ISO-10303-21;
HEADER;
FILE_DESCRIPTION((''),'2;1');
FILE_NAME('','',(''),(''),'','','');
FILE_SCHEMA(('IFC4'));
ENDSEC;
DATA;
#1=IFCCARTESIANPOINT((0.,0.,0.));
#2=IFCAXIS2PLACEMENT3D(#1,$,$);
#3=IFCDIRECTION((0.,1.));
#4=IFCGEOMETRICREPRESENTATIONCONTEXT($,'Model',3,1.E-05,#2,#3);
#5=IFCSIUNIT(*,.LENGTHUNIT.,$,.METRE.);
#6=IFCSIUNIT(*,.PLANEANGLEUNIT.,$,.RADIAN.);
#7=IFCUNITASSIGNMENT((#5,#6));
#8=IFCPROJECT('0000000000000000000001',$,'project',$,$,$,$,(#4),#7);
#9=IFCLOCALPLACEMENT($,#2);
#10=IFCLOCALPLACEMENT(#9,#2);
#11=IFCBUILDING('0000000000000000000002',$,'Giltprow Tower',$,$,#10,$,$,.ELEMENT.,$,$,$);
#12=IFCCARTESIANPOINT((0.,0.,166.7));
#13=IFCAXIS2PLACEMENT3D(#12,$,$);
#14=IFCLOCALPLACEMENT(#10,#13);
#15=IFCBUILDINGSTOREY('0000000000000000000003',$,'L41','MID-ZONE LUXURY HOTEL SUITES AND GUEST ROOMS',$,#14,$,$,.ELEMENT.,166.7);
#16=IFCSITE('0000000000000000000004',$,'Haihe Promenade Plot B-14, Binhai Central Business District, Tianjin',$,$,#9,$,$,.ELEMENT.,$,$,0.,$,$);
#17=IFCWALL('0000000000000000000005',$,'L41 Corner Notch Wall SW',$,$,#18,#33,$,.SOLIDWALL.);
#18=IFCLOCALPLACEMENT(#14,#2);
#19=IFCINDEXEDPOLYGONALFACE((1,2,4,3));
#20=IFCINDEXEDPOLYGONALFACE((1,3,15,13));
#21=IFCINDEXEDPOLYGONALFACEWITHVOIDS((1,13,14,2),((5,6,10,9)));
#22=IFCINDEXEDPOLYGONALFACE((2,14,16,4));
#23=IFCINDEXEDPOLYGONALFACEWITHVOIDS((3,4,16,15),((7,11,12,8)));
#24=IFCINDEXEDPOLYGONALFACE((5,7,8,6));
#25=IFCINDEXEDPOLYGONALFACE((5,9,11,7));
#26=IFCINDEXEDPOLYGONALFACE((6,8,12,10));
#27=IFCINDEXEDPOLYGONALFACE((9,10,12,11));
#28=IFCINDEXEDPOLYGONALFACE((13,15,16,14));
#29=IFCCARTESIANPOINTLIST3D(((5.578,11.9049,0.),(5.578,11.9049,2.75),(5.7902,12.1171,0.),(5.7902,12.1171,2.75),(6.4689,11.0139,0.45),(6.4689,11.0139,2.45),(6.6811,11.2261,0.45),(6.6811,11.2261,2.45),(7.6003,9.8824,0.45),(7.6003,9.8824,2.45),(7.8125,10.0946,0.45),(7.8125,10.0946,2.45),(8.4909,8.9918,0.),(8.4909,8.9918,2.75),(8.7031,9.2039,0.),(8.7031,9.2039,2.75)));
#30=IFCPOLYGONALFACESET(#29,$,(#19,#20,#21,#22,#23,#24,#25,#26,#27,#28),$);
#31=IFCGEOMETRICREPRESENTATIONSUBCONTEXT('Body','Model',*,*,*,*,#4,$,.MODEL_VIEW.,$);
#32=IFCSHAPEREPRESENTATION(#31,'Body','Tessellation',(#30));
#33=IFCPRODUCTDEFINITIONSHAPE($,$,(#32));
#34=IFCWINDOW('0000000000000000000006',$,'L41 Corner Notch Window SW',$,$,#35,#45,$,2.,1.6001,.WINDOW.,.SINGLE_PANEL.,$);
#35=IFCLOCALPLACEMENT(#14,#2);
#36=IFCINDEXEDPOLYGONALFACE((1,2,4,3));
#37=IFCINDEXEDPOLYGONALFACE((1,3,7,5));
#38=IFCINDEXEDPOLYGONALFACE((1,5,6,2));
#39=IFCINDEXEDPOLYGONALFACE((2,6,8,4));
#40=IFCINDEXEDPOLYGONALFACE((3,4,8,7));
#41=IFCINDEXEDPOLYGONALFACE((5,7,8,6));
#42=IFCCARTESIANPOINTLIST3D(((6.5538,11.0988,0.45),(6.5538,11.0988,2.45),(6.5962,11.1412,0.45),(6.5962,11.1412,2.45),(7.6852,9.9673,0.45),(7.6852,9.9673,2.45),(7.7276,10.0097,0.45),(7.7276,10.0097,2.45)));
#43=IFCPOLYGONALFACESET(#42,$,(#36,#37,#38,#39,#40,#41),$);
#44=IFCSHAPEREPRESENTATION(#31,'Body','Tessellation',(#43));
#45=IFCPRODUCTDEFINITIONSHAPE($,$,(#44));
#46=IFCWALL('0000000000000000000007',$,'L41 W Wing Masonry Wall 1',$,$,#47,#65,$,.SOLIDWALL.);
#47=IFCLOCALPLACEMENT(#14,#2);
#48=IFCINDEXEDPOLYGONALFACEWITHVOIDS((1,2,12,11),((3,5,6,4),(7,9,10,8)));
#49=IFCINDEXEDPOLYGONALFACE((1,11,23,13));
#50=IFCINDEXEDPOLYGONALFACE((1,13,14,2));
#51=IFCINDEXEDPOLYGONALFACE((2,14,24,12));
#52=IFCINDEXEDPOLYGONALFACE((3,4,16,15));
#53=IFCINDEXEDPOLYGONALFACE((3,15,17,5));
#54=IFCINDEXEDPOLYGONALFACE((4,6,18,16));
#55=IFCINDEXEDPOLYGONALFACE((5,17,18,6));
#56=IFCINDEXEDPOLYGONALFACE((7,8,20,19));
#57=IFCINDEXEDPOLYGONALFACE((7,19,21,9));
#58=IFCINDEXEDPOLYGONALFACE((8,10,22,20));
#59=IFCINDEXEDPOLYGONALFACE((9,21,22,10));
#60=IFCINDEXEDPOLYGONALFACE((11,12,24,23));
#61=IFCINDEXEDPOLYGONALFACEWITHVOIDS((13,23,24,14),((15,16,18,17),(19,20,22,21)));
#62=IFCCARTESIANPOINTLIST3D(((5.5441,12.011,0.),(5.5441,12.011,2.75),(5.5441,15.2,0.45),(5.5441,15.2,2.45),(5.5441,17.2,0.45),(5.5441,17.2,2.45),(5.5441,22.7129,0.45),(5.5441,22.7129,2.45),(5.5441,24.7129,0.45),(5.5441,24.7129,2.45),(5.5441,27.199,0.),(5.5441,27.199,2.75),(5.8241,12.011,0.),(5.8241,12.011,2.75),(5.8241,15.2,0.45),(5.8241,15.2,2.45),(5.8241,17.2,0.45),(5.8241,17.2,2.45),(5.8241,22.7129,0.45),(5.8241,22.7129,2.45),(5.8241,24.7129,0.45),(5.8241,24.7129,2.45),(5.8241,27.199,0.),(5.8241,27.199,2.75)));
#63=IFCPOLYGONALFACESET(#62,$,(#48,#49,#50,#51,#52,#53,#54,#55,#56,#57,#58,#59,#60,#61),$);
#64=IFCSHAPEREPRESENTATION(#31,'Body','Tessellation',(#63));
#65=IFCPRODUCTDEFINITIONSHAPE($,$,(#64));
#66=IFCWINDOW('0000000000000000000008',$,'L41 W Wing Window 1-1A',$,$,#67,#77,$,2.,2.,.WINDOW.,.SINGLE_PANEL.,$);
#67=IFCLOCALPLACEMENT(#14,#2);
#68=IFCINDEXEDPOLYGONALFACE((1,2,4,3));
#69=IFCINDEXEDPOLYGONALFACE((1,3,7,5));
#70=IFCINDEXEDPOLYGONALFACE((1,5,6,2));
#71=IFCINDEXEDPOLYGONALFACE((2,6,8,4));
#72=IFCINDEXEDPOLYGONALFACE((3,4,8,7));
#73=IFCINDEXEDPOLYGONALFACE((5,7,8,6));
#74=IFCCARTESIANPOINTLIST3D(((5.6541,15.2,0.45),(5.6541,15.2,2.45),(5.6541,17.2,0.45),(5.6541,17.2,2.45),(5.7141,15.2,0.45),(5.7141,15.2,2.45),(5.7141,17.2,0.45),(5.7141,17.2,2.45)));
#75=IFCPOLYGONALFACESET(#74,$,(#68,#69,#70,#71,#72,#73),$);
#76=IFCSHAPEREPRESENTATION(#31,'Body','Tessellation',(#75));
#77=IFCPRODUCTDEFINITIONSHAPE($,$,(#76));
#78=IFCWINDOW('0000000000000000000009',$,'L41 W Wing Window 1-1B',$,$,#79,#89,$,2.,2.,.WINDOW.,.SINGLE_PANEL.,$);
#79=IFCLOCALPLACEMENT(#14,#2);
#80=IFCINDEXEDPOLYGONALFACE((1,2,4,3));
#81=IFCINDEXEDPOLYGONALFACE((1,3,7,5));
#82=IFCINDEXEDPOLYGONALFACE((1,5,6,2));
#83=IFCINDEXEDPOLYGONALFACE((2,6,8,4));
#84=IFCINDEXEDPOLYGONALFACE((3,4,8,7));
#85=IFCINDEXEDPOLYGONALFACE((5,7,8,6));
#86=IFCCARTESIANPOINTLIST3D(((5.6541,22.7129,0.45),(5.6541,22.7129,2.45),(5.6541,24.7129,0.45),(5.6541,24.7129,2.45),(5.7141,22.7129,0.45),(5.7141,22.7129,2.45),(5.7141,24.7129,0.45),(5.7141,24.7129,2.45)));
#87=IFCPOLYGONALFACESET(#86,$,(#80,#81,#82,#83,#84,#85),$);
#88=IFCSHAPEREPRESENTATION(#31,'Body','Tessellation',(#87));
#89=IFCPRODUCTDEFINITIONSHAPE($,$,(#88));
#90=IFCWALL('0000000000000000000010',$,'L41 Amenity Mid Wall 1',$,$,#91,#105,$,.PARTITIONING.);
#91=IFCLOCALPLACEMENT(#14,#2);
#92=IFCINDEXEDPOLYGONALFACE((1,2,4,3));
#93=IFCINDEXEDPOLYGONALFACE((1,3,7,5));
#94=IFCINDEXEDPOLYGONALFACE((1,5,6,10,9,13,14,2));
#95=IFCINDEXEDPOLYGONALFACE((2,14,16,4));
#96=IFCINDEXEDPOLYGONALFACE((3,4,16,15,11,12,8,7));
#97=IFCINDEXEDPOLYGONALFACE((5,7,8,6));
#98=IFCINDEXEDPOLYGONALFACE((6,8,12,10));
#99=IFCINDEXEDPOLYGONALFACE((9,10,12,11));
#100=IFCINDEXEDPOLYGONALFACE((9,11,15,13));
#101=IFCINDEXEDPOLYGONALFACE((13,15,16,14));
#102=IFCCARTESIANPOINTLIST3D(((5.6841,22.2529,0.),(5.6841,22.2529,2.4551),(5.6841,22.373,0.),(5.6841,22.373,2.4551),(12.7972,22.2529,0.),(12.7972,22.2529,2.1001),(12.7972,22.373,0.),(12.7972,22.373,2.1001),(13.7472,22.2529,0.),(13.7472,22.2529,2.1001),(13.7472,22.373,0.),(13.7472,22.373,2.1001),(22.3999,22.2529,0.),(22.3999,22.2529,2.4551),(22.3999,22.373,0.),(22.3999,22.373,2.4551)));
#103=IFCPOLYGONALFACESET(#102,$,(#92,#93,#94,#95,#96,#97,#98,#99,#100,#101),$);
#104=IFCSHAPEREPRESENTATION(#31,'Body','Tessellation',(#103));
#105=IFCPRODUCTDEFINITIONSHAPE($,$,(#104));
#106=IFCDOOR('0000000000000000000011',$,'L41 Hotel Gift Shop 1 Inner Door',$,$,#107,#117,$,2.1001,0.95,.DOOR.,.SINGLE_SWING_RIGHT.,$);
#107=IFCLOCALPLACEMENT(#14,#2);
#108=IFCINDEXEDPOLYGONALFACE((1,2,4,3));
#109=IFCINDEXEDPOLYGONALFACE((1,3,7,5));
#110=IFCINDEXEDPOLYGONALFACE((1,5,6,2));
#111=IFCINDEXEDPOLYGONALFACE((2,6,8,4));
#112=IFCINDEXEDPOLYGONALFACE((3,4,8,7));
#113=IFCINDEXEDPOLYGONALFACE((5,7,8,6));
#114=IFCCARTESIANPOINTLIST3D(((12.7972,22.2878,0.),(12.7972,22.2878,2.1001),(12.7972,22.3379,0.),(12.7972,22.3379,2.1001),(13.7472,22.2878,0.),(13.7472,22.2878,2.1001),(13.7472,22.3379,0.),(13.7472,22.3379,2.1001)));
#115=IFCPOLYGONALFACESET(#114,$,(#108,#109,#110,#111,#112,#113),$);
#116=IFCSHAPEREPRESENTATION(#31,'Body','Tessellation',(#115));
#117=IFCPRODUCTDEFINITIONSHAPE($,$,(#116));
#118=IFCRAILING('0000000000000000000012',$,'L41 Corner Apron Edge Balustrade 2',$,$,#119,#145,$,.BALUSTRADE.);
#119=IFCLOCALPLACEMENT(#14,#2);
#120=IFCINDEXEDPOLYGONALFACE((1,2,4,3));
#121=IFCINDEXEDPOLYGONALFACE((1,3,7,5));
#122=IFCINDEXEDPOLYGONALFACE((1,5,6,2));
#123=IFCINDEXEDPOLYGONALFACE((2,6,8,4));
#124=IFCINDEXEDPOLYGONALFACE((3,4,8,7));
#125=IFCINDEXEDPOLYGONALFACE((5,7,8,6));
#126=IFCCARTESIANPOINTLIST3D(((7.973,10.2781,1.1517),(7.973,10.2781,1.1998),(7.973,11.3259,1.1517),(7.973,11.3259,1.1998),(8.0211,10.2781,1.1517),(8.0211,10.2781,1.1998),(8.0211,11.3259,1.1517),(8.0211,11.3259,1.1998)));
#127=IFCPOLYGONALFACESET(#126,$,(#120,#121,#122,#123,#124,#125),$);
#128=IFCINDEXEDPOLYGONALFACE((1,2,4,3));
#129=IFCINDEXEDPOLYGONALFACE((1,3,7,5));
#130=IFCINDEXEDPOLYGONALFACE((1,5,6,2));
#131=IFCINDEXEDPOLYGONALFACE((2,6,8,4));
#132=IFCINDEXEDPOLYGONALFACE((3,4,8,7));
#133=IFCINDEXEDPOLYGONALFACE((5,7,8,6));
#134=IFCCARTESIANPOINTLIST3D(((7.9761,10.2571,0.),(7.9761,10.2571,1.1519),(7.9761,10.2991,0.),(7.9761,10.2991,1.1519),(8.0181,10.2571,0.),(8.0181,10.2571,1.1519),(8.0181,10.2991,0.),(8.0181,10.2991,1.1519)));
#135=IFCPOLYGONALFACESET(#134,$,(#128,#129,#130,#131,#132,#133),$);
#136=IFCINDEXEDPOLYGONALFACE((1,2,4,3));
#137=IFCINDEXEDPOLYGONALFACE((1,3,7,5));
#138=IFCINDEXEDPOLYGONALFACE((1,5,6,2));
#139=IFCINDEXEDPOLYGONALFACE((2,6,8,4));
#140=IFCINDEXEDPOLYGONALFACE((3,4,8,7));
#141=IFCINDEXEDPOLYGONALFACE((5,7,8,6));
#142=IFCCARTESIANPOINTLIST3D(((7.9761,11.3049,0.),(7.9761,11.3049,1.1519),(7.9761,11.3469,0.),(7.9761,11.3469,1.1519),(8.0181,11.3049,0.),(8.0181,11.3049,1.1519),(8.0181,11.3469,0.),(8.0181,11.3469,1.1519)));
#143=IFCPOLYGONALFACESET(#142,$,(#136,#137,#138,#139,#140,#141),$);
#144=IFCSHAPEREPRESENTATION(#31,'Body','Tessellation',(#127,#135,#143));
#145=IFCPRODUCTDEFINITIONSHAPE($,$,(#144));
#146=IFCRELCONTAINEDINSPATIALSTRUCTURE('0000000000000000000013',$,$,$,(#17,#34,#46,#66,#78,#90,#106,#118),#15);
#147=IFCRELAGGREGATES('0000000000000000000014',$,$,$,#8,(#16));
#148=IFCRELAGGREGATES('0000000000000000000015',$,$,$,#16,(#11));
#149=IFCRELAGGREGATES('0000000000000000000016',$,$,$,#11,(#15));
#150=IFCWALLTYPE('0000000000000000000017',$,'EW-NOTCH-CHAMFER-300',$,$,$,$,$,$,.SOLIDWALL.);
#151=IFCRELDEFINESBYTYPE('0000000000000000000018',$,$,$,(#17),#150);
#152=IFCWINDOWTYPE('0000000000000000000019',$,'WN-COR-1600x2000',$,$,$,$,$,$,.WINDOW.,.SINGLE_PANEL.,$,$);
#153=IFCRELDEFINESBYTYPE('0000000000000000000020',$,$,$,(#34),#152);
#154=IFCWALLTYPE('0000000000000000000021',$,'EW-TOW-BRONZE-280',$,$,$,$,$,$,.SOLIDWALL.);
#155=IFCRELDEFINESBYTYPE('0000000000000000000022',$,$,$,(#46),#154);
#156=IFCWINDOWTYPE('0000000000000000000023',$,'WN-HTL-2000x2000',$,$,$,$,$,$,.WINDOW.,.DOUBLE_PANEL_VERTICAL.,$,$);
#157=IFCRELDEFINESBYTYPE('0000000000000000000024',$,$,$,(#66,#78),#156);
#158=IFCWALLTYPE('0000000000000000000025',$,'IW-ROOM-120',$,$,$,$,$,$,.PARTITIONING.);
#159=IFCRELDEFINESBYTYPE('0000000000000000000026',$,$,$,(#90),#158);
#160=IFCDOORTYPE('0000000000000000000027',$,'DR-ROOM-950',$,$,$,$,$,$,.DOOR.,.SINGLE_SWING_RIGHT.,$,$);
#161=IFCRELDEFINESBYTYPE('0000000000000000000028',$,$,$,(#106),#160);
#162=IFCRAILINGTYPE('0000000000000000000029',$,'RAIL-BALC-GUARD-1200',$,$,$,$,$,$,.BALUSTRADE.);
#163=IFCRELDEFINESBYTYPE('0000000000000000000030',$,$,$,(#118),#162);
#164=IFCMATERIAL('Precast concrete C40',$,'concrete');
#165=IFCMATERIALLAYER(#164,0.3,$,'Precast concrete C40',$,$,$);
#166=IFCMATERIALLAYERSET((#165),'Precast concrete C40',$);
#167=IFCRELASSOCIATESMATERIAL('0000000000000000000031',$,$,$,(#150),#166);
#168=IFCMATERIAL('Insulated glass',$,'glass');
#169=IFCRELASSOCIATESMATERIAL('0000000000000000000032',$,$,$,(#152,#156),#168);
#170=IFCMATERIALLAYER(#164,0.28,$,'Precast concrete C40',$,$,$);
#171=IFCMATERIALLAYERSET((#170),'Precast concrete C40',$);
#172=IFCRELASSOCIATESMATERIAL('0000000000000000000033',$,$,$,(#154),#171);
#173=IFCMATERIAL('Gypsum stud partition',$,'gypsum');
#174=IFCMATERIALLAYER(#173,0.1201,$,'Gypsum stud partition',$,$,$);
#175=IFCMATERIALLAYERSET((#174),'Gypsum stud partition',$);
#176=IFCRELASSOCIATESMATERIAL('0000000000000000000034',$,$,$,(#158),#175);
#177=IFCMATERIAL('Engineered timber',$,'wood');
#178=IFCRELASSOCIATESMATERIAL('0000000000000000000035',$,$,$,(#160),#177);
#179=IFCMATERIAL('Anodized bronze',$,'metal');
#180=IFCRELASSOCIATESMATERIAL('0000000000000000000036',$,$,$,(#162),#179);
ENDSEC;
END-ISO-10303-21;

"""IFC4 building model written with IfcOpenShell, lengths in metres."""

from ifc_helpers import new_model, si_unit, direction, frame, frame_2d, origin, origin_2d, place, context, subcontext, project, spatial, rectangle, extrude, source, transform, mapped, material, layer, layer_set, type_object, element, fill, save


model = new_model("IFC4")

# Units and contexts
model_context = context("Model", 3, precision=1e-05, world=origin(), true_north=direction((0.0, 1.0)))
body_context = subcontext(model_context, "Body", "Model", "MODEL_VIEW")
ifc_project = project(units=[si_unit("LENGTHUNIT", "METRE"), si_unit("PLANEANGLEUNIT", "RADIAN")], contexts=[model_context])

# Site, building, storey
site_placement = place(None, origin())
site = spatial("IfcSite", under=ifc_project, at=site_placement, Name="Haihe Promenade Plot B-14, Binhai Central Business District, Tianjin", CompositionType="ELEMENT", RefElevation=0.0)
building_placement = place(site_placement, origin())
building = spatial("IfcBuilding", under=site, at=building_placement, Name="Giltprow Tower", CompositionType="ELEMENT")
storey_placement = place(building_placement, frame((0.0, 0.0, 166.7)))
storey = spatial("IfcBuildingStorey", under=building, at=storey_placement, Name="L41", Description="MID-ZONE LUXURY HOTEL SUITES AND GUEST ROOMS", CompositionType="ELEMENT", Elevation=166.7)

# Shared definitions
ifc_material_1 = material(Name="Anodized bronze", Category="metal")

# Shared definitions
ifc_material_2 = material(Name="Insulated glass", Category="glass")

# Wall, opening, window
ifc_material_3 = material(Name="Precast concrete C40", Category="concrete")
ifc_layer_1 = layer(ifc_material_3, 0.3, Name="Precast concrete C40")
ifc_layer_set_1 = layer_set([ifc_layer_1], Name="Precast concrete C40")
wall_type_1 = type_object("IfcWallType", Name="EW-NOTCH-CHAMFER-300", PredefinedType="SOLIDWALL", material=ifc_layer_set_1)
wall_1_placement = place(storey_placement, frame((5.6841, 12.011, 0.0), z_axis=(0.0, 0.0, 1.0), x_axis=(0.707077, -0.707136, 0.0)))
wall_1 = element("IfcWall", 1, at=wall_1_placement, inside=storey, type_object=wall_type_1, Name="L41 Corner Notch Wall SW", PredefinedType="SOLIDWALL", context=body_context, shape_type="SweptSolid", body=[
    extrude(rectangle(XDim=4.1196, YDim=0.3, at=frame_2d((2.0598, 0.0))), origin(), (0.0, 0.0, 1.0), 2.75),
])
opening_1_placement = place(wall_1_placement, frame((1.26, 0.0, 0.45)))
opening_1 = element("IfcOpeningElement", 2, at=opening_1_placement, cuts=wall_1, PredefinedType="OPENING", context=body_context, shape_type="SweptSolid", body=[
    extrude(rectangle(XDim=1.6001, YDim=2.0, at=frame_2d((0.8, 1.0))), frame((0.0, 0.1599, 0.0), z_axis=(0.0, -1.0, 0.0), x_axis=(1.0, 0.0, 0.0)), (0.0, 0.0, 1.0), 0.3201),
])
window_type_1 = type_object("IfcWindowType", Name="WN-COR-1600x2000", PartitioningType="SINGLE_PANEL", PredefinedType="WINDOW", material=ifc_material_2)
shared_shape_1 = source(origin(), body_context, "Body", "SweptSolid", [
    extrude(rectangle(XDim=1.6001, YDim=2.0, at=frame_2d((0.8, 1.0))), frame((0.0, 0.03, 0.0), z_axis=(0.0, -1.0, 0.0), x_axis=(1.0, 0.0, 0.0)), (0.0, 0.0, 1.0), 0.0601),
])
window_1_placement = place(opening_1_placement, origin())
window_1 = element("IfcWindow", 3, at=window_1_placement, inside=storey, type_object=window_type_1, Name="L41 Corner Notch Window SW", OverallHeight=2.0, OverallWidth=1.6001, PartitioningType="SINGLE_PANEL", PredefinedType="WINDOW", context=body_context, shape_type="MappedRepresentation", body=[
    mapped(shared_shape_1, transform((0.0, 0.0, 0.0), x_axis=(1.0, 0.0, 0.0), y_axis=(0.0, 1.0, 0.0), z_axis=(0.0, 0.0, 1.0), scale=1.0)),
])
fill(opening_1, window_1)

# Wall, openings, windows
ifc_layer_2 = layer(ifc_material_3, 0.28, Name="Precast concrete C40")
ifc_layer_set_2 = layer_set([ifc_layer_2], Name="Precast concrete C40")
wall_type_2 = type_object("IfcWallType", Name="EW-TOW-BRONZE-280", PredefinedType="SOLIDWALL", material=ifc_layer_set_2)
wall_2_placement = place(storey_placement, frame((5.6841, 12.011, 0.0), z_axis=(0.0, 0.0, 1.0), x_axis=(0.0, 1.0, 0.0)))
wall_2 = element("IfcWall", 4, at=wall_2_placement, inside=storey, type_object=wall_type_2, Name="L41 W Wing Masonry Wall 1", PredefinedType="SOLIDWALL", context=body_context, shape_type="SweptSolid", body=[
    extrude(rectangle(XDim=15.188, YDim=0.28, at=frame_2d((7.594, 0.0))), origin(), (0.0, 0.0, 1.0), 2.75),
])
opening_2_placement = place(wall_2_placement, frame((3.189, 0.0, 0.45)))
opening_2 = element("IfcOpeningElement", 5, at=opening_2_placement, cuts=wall_2, PredefinedType="OPENING", context=body_context, shape_type="SweptSolid", body=[
    extrude(rectangle(XDim=2.0, YDim=2.0, at=frame_2d((1.0, 1.0))), frame((0.0, 0.1499, 0.0), z_axis=(0.0, -1.0, 0.0), x_axis=(1.0, 0.0, 0.0)), (0.0, 0.0, 1.0), 0.3),
])
opening_3_placement = place(wall_2_placement, frame((10.7019, 0.0, 0.45)))
opening_3 = element("IfcOpeningElement", 6, at=opening_3_placement, cuts=wall_2, PredefinedType="OPENING", context=body_context, shape_type="SweptSolid", body=[
    extrude(rectangle(XDim=2.0, YDim=2.0, at=frame_2d((1.0, 1.0))), frame((0.0, 0.1499, 0.0), z_axis=(0.0, -1.0, 0.0), x_axis=(1.0, 0.0, 0.0)), (0.0, 0.0, 1.0), 0.3),
])
window_type_2 = type_object("IfcWindowType", Name="WN-HTL-2000x2000", PartitioningType="DOUBLE_PANEL_VERTICAL", PredefinedType="WINDOW", material=ifc_material_2)
shared_shape_2 = source(origin(), body_context, "Body", "SweptSolid", [
    extrude(rectangle(XDim=2.0, YDim=2.0, at=frame_2d((1.0, 1.0))), frame((0.0, 0.03, 0.0), z_axis=(0.0, -1.0, 0.0), x_axis=(1.0, 0.0, 0.0)), (0.0, 0.0, 1.0), 0.0601),
])
window_2_placement = place(opening_2_placement, origin())
window_2 = element("IfcWindow", 7, at=window_2_placement, inside=storey, type_object=window_type_2, Name="L41 W Wing Window 1-1A", OverallHeight=2.0, OverallWidth=2.0, PartitioningType="SINGLE_PANEL", PredefinedType="WINDOW", context=body_context, shape_type="MappedRepresentation", body=[
    mapped(shared_shape_2, transform((0.0, 0.0, 0.0), x_axis=(1.0, 0.0, 0.0), y_axis=(0.0, 1.0, 0.0), z_axis=(0.0, 0.0, 1.0), scale=1.0)),
])
fill(opening_2, window_2)
window_3_placement = place(opening_3_placement, origin())
window_3 = element("IfcWindow", 8, at=window_3_placement, inside=storey, type_object=window_type_2, Name="L41 W Wing Window 1-1B", OverallHeight=2.0, OverallWidth=2.0, PartitioningType="SINGLE_PANEL", PredefinedType="WINDOW", context=body_context, shape_type="MappedRepresentation", body=[
    mapped(shared_shape_2, transform((0.0, 0.0, 0.0), x_axis=(1.0, 0.0, 0.0), y_axis=(0.0, 1.0, 0.0), z_axis=(0.0, 0.0, 1.0), scale=1.0)),
])
fill(opening_3, window_3)

# Wall, opening, door
ifc_material_4 = material(Name="Gypsum stud partition", Category="gypsum")
ifc_layer_3 = layer(ifc_material_4, 0.1201, Name="Gypsum stud partition")
ifc_layer_set_3 = layer_set([ifc_layer_3], Name="Gypsum stud partition")
wall_type_3 = type_object("IfcWallType", Name="IW-ROOM-120", PredefinedType="PARTITIONING", material=ifc_layer_set_3)
wall_3_placement = place(storey_placement, frame((5.6841, 22.313, 0.0), z_axis=(0.0, 0.0, 1.0), x_axis=(1.0, 0.0, 0.0)))
wall_3 = element("IfcWall", 9, at=wall_3_placement, inside=storey, type_object=wall_type_3, Name="L41 Amenity Mid Wall 1", PredefinedType="PARTITIONING", context=body_context, shape_type="SweptSolid", body=[
    extrude(rectangle(XDim=16.7158, YDim=0.1201, at=frame_2d((8.3579, 0.0))), origin(), (0.0, 0.0, 1.0), 2.4551),
])
opening_4_placement = place(wall_3_placement, frame((7.113, 0.0, 0.0)))
opening_4 = element("IfcOpeningElement", 10, at=opening_4_placement, cuts=wall_3, PredefinedType="OPENING", context=body_context, shape_type="SweptSolid", body=[
    extrude(rectangle(XDim=0.95, YDim=2.1001, at=frame_2d((0.4751, 1.05))), frame((0.0, 0.0701, 0.0), z_axis=(0.0, -1.0, 0.0), x_axis=(1.0, 0.0, 0.0)), (0.0, 0.0, 1.0), 0.1401),
])
ifc_material_5 = material(Name="Engineered timber", Category="wood")
door_type = type_object("IfcDoorType", Name="DR-ROOM-950", OperationType="SINGLE_SWING_RIGHT", PredefinedType="DOOR", material=ifc_material_5)
shared_shape_3 = source(origin(), body_context, "Body", "SweptSolid", [
    extrude(rectangle(XDim=0.95, YDim=2.1001, at=frame_2d((0.4751, 1.05))), frame((0.0, 0.0249, 0.0), z_axis=(0.0, -1.0, 0.0), x_axis=(1.0, 0.0, 0.0)), (0.0, 0.0, 1.0), 0.05),
])
door_placement = place(opening_4_placement, origin())
door = element("IfcDoor", 11, at=door_placement, inside=storey, type_object=door_type, Name="L41 Hotel Gift Shop 1 Inner Door", OperationType="SINGLE_SWING_RIGHT", OverallHeight=2.1001, OverallWidth=0.95, PredefinedType="DOOR", context=body_context, shape_type="MappedRepresentation", body=[
    mapped(shared_shape_3, transform((0.0, 0.0, 0.0), x_axis=(1.0, 0.0, 0.0), y_axis=(0.0, 1.0, 0.0), z_axis=(0.0, 0.0, 1.0), scale=1.0)),
])
fill(opening_4, door)

# Railing
railing_type = type_object("IfcRailingType", Name="RAIL-BALC-GUARD-1200", PredefinedType="BALUSTRADE", material=ifc_material_1)
railing_1_placement = place(storey_placement, frame((7.9971, 10.2781, 0.0)))
element("IfcRailing", 12, at=railing_1_placement, inside=storey, type_object=railing_type, Name="L41 Corner Apron Edge Balustrade 2", PredefinedType="BALUSTRADE", context=body_context, shape_type="SweptSolid", body=[
    extrude(rectangle(XDim=0.0481, YDim=0.0481, at=origin_2d()), frame((0.0, 0.0, 1.1758), z_axis=(0.0, 1.0, 0.0), x_axis=(-1.0, 0.0, 0.0)), (0.0, 0.0, 1.0), 1.0479),
    extrude(rectangle(XDim=0.042, YDim=0.042, at=origin_2d()), origin(), (0.0, 0.0, 1.0), 1.1519),
    extrude(rectangle(XDim=0.042, YDim=0.042, at=origin_2d()), frame((0.0, 1.0479, 0.0)), (0.0, 0.0, 1.0), 1.1519),
])

save(model, "model.ifc")
